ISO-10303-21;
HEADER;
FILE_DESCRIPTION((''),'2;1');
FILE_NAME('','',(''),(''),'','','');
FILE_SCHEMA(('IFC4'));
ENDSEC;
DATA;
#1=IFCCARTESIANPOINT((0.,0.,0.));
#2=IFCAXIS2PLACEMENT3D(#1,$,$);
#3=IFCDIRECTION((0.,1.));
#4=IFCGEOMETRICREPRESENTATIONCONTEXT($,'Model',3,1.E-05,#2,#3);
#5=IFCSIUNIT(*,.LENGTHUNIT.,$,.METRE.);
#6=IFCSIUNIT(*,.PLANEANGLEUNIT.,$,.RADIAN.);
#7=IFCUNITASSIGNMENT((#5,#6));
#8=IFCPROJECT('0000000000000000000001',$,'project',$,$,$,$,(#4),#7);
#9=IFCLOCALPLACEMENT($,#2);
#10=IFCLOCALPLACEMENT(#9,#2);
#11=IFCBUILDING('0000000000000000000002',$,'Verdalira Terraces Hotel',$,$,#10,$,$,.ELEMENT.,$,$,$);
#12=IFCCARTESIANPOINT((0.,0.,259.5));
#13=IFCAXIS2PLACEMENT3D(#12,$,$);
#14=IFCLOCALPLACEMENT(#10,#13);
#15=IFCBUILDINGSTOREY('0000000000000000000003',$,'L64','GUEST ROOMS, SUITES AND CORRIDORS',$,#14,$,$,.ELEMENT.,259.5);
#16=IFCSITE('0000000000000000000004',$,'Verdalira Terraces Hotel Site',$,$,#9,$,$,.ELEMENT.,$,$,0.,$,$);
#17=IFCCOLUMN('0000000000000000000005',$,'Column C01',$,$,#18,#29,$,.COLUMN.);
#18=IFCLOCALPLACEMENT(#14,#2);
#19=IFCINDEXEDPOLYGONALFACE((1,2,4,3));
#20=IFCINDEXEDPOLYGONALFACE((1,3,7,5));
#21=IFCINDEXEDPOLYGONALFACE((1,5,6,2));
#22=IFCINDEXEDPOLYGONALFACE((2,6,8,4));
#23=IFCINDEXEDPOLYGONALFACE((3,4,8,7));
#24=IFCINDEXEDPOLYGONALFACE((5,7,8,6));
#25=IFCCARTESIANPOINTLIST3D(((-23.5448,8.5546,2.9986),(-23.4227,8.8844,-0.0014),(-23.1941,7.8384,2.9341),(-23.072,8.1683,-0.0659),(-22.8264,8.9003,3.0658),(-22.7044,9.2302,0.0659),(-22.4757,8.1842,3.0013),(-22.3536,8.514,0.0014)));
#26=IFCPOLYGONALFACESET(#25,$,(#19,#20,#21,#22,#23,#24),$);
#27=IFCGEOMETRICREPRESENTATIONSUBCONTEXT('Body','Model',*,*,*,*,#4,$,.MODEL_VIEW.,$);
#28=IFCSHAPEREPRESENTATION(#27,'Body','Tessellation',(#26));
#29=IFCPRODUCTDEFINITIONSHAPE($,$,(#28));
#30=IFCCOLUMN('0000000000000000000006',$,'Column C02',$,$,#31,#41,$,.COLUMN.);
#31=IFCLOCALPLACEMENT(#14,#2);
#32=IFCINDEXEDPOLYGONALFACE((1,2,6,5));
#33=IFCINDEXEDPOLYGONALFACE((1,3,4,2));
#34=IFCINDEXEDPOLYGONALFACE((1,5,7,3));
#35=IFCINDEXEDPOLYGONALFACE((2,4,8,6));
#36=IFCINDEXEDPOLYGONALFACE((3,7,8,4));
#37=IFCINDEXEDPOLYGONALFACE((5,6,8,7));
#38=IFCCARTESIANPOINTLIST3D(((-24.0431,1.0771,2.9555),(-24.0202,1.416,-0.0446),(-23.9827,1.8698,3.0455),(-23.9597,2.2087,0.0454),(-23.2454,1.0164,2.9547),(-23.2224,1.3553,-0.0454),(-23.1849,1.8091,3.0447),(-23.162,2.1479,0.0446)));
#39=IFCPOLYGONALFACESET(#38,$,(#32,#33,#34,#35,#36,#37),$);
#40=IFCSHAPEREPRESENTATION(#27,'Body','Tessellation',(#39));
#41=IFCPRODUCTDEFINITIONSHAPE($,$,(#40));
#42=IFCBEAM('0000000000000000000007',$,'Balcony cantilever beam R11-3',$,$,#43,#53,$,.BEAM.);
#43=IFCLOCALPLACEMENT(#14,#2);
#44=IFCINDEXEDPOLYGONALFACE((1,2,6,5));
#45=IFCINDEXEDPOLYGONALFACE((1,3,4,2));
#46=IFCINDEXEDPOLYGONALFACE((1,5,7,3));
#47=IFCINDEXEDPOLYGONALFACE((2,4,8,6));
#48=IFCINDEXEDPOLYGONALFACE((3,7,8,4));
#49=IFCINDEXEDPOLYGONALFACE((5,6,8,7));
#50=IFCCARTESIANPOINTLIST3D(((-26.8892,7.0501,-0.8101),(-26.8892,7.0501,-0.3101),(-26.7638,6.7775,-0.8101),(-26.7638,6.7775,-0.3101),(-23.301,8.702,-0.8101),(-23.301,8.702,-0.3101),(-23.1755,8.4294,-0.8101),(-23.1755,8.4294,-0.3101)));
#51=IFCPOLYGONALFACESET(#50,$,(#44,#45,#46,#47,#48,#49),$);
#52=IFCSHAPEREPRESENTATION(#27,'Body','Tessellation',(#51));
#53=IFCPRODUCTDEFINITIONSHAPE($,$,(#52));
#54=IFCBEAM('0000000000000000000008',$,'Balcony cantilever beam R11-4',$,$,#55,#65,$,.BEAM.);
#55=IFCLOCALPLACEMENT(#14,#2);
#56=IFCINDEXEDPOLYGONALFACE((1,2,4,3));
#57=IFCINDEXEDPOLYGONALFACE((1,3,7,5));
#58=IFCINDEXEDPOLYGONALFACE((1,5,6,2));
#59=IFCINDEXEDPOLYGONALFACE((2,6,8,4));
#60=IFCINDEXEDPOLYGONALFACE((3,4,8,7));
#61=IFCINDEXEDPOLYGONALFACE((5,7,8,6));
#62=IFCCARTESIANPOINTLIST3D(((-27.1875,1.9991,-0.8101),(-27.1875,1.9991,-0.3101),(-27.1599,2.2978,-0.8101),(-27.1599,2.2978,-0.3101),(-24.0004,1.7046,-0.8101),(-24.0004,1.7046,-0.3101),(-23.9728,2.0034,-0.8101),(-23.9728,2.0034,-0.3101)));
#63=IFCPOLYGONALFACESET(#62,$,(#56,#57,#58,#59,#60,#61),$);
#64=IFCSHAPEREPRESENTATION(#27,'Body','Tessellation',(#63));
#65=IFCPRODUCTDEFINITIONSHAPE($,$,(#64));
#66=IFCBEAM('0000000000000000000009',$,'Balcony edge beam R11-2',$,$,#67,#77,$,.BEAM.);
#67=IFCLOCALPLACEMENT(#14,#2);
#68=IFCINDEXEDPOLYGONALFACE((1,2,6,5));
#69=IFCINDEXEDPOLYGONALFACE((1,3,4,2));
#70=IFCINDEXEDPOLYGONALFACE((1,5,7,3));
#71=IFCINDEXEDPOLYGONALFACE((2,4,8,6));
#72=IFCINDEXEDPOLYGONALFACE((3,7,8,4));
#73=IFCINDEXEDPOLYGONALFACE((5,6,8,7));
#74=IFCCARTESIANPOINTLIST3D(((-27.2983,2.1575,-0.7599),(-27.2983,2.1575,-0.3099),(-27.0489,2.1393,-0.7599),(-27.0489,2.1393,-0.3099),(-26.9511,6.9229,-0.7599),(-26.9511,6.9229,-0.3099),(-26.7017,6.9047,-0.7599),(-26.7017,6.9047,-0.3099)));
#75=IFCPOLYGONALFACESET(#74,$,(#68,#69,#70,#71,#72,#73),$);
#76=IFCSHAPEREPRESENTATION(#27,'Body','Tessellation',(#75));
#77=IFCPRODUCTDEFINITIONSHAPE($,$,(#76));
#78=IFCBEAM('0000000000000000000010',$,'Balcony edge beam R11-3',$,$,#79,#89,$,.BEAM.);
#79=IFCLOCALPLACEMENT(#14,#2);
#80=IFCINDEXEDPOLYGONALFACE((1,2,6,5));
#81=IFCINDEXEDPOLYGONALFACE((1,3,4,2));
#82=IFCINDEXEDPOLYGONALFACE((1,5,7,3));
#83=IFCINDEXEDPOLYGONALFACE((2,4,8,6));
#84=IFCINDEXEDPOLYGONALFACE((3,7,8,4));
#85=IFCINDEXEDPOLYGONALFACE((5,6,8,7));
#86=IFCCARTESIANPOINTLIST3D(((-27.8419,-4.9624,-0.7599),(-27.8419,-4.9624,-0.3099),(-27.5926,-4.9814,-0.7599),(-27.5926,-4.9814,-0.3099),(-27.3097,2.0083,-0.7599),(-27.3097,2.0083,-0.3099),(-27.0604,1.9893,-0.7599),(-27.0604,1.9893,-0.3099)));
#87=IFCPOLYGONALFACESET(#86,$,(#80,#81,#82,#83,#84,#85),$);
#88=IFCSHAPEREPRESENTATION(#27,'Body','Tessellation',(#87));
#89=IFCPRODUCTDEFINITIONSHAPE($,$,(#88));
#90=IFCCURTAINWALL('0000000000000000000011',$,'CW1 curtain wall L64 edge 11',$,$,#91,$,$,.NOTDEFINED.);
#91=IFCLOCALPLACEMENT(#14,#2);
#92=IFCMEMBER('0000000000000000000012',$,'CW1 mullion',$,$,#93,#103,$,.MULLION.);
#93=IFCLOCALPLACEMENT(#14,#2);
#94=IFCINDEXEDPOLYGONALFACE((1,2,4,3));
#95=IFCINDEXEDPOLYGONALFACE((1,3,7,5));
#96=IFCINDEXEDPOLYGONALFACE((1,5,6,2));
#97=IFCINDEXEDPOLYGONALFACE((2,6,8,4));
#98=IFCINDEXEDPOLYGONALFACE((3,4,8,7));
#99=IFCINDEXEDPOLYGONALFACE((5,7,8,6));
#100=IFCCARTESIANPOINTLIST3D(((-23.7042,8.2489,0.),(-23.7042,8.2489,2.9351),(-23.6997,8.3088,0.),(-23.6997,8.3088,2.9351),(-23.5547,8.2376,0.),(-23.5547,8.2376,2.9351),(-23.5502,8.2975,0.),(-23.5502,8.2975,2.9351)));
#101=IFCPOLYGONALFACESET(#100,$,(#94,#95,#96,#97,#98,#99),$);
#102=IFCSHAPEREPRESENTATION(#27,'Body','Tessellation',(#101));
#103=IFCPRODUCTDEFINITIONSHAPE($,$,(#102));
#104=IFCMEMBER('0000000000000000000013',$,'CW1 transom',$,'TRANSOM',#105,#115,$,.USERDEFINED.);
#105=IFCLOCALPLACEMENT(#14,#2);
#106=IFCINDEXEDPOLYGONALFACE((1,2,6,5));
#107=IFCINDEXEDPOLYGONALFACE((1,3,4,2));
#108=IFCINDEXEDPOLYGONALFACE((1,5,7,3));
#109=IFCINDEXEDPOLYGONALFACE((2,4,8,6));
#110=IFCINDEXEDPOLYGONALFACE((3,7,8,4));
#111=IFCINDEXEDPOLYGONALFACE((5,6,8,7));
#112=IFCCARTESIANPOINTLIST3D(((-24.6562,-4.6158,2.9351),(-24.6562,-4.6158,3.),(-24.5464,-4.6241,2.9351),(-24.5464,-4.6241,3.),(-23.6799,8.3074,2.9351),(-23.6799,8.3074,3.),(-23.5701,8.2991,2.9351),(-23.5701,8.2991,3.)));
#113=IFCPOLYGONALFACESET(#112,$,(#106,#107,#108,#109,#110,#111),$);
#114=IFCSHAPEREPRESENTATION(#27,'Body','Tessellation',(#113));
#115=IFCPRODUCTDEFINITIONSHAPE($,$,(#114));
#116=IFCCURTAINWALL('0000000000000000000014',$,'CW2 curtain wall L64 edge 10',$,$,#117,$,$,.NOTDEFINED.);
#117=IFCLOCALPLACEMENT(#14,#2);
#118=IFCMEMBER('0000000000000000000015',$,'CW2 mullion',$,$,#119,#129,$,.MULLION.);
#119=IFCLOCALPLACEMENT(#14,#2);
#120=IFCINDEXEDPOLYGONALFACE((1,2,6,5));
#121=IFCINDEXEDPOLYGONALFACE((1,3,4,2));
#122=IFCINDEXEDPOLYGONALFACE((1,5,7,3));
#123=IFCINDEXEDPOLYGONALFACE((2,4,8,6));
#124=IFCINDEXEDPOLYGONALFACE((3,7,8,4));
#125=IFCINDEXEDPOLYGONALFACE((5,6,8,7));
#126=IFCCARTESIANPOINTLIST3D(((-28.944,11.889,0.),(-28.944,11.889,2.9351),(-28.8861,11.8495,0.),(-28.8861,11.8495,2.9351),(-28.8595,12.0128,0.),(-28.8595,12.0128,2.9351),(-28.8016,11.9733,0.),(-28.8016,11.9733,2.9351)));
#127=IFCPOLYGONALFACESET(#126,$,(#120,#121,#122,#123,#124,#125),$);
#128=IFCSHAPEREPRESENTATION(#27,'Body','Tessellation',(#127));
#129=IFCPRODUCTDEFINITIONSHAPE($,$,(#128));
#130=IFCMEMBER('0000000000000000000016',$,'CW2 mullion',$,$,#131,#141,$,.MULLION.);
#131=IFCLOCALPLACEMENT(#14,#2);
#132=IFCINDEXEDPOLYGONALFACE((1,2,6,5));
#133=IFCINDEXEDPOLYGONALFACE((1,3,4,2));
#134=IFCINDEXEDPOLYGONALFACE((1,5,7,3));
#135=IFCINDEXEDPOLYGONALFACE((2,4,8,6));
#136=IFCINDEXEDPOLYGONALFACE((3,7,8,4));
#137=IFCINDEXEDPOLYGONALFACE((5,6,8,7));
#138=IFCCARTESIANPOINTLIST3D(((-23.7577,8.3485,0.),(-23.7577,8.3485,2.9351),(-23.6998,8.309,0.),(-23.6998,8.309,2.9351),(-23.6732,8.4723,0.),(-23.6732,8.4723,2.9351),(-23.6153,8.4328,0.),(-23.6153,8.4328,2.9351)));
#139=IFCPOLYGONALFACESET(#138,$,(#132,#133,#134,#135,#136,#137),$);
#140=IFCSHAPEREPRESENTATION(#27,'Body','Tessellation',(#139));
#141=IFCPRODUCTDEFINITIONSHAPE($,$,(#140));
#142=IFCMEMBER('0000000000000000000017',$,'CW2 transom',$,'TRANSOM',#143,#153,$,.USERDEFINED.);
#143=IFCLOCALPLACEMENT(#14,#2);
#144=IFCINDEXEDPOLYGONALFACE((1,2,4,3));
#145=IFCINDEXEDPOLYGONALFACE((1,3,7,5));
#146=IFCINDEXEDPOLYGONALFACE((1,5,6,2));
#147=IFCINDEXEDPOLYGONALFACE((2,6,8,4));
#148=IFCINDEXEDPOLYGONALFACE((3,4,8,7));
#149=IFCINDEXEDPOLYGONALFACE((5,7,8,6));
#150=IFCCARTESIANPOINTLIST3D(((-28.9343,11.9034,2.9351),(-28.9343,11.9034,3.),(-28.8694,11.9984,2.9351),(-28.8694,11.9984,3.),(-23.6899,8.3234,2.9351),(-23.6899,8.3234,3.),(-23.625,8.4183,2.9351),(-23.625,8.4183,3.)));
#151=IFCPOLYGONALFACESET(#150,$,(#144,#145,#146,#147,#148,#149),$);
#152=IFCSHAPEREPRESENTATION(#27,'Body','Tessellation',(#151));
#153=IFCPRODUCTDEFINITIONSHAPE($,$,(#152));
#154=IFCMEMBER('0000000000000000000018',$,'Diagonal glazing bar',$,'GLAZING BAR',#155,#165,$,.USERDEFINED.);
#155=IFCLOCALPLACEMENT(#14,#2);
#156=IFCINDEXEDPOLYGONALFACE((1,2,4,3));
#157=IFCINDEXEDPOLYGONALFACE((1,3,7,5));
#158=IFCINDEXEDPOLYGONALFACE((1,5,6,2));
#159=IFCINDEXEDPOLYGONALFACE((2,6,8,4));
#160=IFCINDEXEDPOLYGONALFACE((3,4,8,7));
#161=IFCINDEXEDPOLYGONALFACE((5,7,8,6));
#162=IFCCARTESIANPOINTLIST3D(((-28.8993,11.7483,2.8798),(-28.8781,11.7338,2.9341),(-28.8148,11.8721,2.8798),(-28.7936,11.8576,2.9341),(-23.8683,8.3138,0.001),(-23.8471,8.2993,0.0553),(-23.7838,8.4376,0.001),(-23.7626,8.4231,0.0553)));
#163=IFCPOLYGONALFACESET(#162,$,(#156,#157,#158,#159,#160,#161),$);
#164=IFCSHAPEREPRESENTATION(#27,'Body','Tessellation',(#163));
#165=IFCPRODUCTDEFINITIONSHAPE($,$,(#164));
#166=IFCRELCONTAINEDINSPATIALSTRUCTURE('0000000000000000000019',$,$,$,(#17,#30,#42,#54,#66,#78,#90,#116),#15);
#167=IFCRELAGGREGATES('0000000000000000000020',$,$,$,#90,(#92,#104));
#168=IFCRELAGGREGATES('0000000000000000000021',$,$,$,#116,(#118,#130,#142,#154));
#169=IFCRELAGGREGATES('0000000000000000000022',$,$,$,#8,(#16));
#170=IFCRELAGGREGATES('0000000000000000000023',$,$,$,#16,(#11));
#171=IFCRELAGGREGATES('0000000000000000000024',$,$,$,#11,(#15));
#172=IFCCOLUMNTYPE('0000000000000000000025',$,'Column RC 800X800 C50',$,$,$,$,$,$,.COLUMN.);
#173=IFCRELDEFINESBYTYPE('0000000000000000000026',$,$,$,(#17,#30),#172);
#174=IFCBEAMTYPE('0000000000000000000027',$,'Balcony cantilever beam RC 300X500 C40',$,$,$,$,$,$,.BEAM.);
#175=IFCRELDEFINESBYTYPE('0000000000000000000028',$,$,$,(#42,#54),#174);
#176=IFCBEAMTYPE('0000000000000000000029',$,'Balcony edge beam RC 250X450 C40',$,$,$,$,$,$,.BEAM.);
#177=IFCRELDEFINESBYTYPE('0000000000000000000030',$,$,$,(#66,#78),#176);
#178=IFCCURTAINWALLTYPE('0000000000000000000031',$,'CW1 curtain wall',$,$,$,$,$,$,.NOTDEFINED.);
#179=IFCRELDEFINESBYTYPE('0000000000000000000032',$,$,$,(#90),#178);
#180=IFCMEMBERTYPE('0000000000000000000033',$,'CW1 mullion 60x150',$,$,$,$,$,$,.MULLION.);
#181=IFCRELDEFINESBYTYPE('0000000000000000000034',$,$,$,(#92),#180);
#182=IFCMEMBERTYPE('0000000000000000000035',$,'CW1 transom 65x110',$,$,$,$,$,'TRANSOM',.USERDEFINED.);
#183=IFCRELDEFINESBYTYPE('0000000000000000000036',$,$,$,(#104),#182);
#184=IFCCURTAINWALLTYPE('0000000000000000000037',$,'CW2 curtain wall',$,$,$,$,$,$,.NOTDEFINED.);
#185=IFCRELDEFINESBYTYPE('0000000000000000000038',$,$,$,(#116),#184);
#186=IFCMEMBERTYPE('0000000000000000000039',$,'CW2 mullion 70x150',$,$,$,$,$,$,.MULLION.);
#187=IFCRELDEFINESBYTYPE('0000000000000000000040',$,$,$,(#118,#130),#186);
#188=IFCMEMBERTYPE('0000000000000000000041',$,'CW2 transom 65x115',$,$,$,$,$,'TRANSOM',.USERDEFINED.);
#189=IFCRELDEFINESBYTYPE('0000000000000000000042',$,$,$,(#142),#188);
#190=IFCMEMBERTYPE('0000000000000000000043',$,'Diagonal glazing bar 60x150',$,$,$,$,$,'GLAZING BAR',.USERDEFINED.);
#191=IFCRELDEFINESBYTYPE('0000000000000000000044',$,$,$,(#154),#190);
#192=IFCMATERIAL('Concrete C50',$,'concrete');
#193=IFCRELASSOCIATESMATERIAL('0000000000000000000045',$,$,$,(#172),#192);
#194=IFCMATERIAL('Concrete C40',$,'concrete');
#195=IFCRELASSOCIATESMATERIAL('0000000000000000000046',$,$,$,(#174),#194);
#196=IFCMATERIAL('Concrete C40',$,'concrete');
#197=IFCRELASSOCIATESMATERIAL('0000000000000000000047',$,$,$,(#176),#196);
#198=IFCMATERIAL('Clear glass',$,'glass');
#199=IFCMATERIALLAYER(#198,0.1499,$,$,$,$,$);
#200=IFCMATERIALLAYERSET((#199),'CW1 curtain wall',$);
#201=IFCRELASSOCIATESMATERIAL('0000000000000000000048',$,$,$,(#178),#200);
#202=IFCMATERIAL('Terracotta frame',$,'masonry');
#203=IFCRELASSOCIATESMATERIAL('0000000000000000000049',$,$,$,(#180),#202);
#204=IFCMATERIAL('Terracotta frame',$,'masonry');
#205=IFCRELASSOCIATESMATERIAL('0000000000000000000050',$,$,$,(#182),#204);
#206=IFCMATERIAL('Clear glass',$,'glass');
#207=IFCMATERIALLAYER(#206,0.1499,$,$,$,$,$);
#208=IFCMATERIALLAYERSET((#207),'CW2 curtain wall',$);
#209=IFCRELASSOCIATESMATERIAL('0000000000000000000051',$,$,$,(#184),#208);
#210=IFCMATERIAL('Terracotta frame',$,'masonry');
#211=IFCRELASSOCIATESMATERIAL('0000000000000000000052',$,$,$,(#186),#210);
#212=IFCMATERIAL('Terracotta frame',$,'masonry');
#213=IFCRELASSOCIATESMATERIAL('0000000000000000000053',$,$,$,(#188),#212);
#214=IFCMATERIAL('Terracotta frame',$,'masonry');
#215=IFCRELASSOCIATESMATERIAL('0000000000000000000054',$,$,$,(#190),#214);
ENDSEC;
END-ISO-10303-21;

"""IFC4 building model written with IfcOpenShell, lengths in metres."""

from ifc_helpers import new_model, si_unit, direction, frame, origin, origin_2d, place, context, subcontext, project, spatial, rectangle, extrude, material, layer, layer_set, material_profile, profile_set, type_object, element, aggregate, save


model = new_model("IFC4")

# Units and contexts
model_context = context("Model", 3, precision=1e-05, world=origin(), true_north=direction((0.0, 1.0)))
body_context = subcontext(model_context, "Body", "Model", "MODEL_VIEW")
ifc_project = project(units=[si_unit("LENGTHUNIT", "METRE"), si_unit("PLANEANGLEUNIT", "RADIAN")], contexts=[model_context])

# Site, building, storey
site_placement = place(None, origin())
site = spatial("IfcSite", under=ifc_project, at=site_placement, Name="Verdalira Terraces Hotel Site", CompositionType="ELEMENT", RefElevation=0.0)
building_placement = place(site_placement, origin())
building = spatial("IfcBuilding", under=site, at=building_placement, Name="Verdalira Terraces Hotel", CompositionType="ELEMENT")
storey_placement = place(building_placement, frame((0.0, 0.0, 259.5)))
storey = spatial("IfcBuildingStorey", under=building, at=storey_placement, Name="L64", Description="GUEST ROOMS, SUITES AND CORRIDORS", CompositionType="ELEMENT", Elevation=259.5)

# Columns
ifc_material_1 = material(Name="Concrete C50", Category="concrete")
ifc_material_profile_1 = material_profile(ifc_material_1, rectangle(XDim=0.8, YDim=0.8, at=origin_2d()), Name="RC 800X800")
ifc_profile_set_1 = profile_set([ifc_material_profile_1], Name="Concrete C50")
column_type = type_object("IfcColumnType", Name="Column RC 800X800 C50", PredefinedType="COLUMN", material=ifc_profile_set_1)
column_1_placement = place(storey_placement, frame((-22.8882, 8.6992, 0.0), z_axis=(-0.040413, -0.109197, 0.993198), x_axis=(-0.438379, 0.895171, 0.080582)))
element("IfcColumn", 1, at=column_1_placement, inside=storey, type_object=column_type, Name="Column C01", PredefinedType="COLUMN", context=body_context, shape_type="SweptSolid", body=[
    extrude(rectangle(XDim=0.8, YDim=0.8, at=origin_2d()), origin(), (0.0, 0.0, 1.0), 3.0205),
])
column_2_placement = place(storey_placement, frame((-23.5911, 1.782, 0.0), z_axis=(-0.007601, -0.112239, 0.993652), x_axis=(-0.07555, -0.990776, -0.112492)))
element("IfcColumn", 2, at=column_2_placement, inside=storey, type_object=column_type, Name="Column C02", PredefinedType="COLUMN", context=body_context, shape_type="SweptSolid", body=[
    extrude(rectangle(XDim=0.8, YDim=0.8, at=origin_2d()), origin(), (0.0, 0.0, 1.0), 3.0193),
])

# Beams
ifc_material_2 = material(Name="Concrete C40", Category="concrete")
ifc_material_profile_2 = material_profile(ifc_material_2, rectangle(XDim=0.3, YDim=0.5, at=origin_2d()), Name="RC 300X500")
ifc_profile_set_2 = profile_set([ifc_material_profile_2], Name="Concrete C40")
beam_type_1 = type_object("IfcBeamType", Name="Balcony cantilever beam RC 300X500 C40", PredefinedType="BEAM", material=ifc_profile_set_2)
beam_1_placement = place(storey_placement, frame((-23.2383, 8.5657, -0.5601), z_axis=(-0.908364, -0.41818, 0.0), x_axis=(0.41818, -0.908364, 0.0)))
element("IfcBeam", 3, at=beam_1_placement, inside=storey, type_object=beam_type_1, Name="Balcony cantilever beam R11-3", PredefinedType="BEAM", context=body_context, shape_type="SweptSolid", body=[
    extrude(rectangle(XDim=0.3, YDim=0.5, at=origin_2d()), origin(), (0.0, 0.0, 1.0), 3.9502),
])
beam_2_placement = place(storey_placement, frame((-23.9866, 1.854, -0.5601), z_axis=(-0.99576, 0.091994, 0.0), x_axis=(-0.091994, -0.99576, 0.0)))
element("IfcBeam", 4, at=beam_2_placement, inside=storey, type_object=beam_type_1, Name="Balcony cantilever beam R11-4", PredefinedType="BEAM", context=body_context, shape_type="SweptSolid", body=[
    extrude(rectangle(XDim=0.3, YDim=0.5, at=origin_2d()), origin(), (0.0, 0.0, 1.0), 3.2007),
])
ifc_material_3 = material(Name="Concrete C40", Category="concrete")
ifc_material_profile_3 = material_profile(ifc_material_3, rectangle(XDim=0.25, YDim=0.45, at=origin_2d()), Name="RC 250X450")
ifc_profile_set_3 = profile_set([ifc_material_profile_3], Name="Concrete C40")
beam_type_2 = type_object("IfcBeamType", Name="Balcony edge beam RC 250X450 C40", PredefinedType="BEAM", material=ifc_profile_set_3)
beam_3_placement = place(storey_placement, frame((-26.8264, 6.9138, -0.5349), z_axis=(-0.07266, -0.997357, 0.0), x_axis=(0.997357, -0.07266, 0.0)))
element("IfcBeam", 5, at=beam_3_placement, inside=storey, type_object=beam_type_2, Name="Balcony edge beam R11-2", PredefinedType="BEAM", context=body_context, shape_type="SweptSolid", body=[
    extrude(rectangle(XDim=0.25, YDim=0.45, at=origin_2d()), origin(), (0.0, 0.0, 1.0), 4.7781),
])
beam_4_placement = place(storey_placement, frame((-27.1851, 1.9988, -0.5349), z_axis=(-0.07613, -0.997098, 0.0), x_axis=(0.997098, -0.07613, 0.0)))
element("IfcBeam", 6, at=beam_4_placement, inside=storey, type_object=beam_type_2, Name="Balcony edge beam R11-3", PredefinedType="BEAM", context=body_context, shape_type="SweptSolid", body=[
    extrude(rectangle(XDim=0.25, YDim=0.45, at=origin_2d()), origin(), (0.0, 0.0, 1.0), 6.991),
])

# Curtain walls, members
ifc_material_4 = material(Name="Clear glass", Category="glass")
ifc_layer_1 = layer(ifc_material_4, 0.1499)
ifc_layer_set_1 = layer_set([ifc_layer_1], Name="CW1 curtain wall")
curtain_wall_type_1 = type_object("IfcCurtainWallType", Name="CW1 curtain wall", PredefinedType="NOTDEFINED", material=ifc_layer_set_1)
curtain_wall_1_placement = place(storey_placement, origin())
curtain_wall_1 = element("IfcCurtainWall", 7, at=curtain_wall_1_placement, inside=storey, type_object=curtain_wall_type_1, Name="CW1 curtain wall L64 edge 11", PredefinedType="NOTDEFINED")
ifc_material_5 = material(Name="Terracotta frame", Category="masonry")
ifc_material_profile_4 = material_profile(ifc_material_5, rectangle(XDim=0.0601, YDim=0.1499, at=origin_2d()), Name="MU 60x150")
ifc_profile_set_4 = profile_set([ifc_material_profile_4], Name="Terracotta frame")
member_type_1 = type_object("IfcMemberType", Name="CW1 mullion 60x150", PredefinedType="MULLION", material=ifc_profile_set_4)
member_1_placement = place(storey_placement, frame((-23.6272, 8.2732, 0.0), z_axis=(0.0, 0.0, 1.0), x_axis=(-0.075327, -0.997159, 0.0)))
member_1 = element("IfcMember", 8, at=member_1_placement, type_object=member_type_1, Name="CW1 mullion", PredefinedType="MULLION", context=body_context, shape_type="SweptSolid", body=[
    extrude(rectangle(XDim=0.0601, YDim=0.1499, at=origin_2d()), origin(), (0.0, 0.0, 1.0), 2.9351),
])
ifc_material_6 = material(Name="Terracotta frame", Category="masonry")
ifc_material_profile_5 = material_profile(ifc_material_6, rectangle(XDim=0.1101, YDim=0.0649, at=origin_2d()), Name="TR 65x110")
ifc_profile_set_5 = profile_set([ifc_material_profile_5], Name="Terracotta frame")
member_type_2 = type_object("IfcMemberType", Name="CW1 transom 65x110", ElementType="TRANSOM", PredefinedType="USERDEFINED", material=ifc_profile_set_5)
member_2_placement = place(storey_placement, frame((-23.625, 8.3032, 2.9675), z_axis=(-0.075334, -0.997158, 0.0), x_axis=(0.997158, -0.075334, 0.0)))
member_2 = element("IfcMember", 9, at=member_2_placement, type_object=member_type_2, Name="CW1 transom", ObjectType="TRANSOM", PredefinedType="USERDEFINED", context=body_context, shape_type="SweptSolid", body=[
    extrude(rectangle(XDim=0.1101, YDim=0.0649, at=origin_2d()), origin(), (0.0, 0.0, 1.0), 12.96),
])
ifc_material_7 = material(Name="Clear glass", Category="glass")
ifc_layer_2 = layer(ifc_material_7, 0.1499)
ifc_layer_set_2 = layer_set([ifc_layer_2], Name="CW2 curtain wall")
curtain_wall_type_2 = type_object("IfcCurtainWallType", Name="CW2 curtain wall", PredefinedType="NOTDEFINED", material=ifc_layer_set_2)
curtain_wall_2_placement = place(storey_placement, origin())
curtain_wall_2 = element("IfcCurtainWall", 10, at=curtain_wall_2_placement, inside=storey, type_object=curtain_wall_type_2, Name="CW2 curtain wall L64 edge 10", PredefinedType="NOTDEFINED")
ifc_material_8 = material(Name="Terracotta frame", Category="masonry")
ifc_material_profile_6 = material_profile(ifc_material_8, rectangle(XDim=0.0701, YDim=0.1499, at=origin_2d()), Name="MU 70x150")
ifc_profile_set_6 = profile_set([ifc_material_profile_6], Name="Terracotta frame")
member_type_3 = type_object("IfcMemberType", Name="CW2 mullion 70x150", PredefinedType="MULLION", material=ifc_profile_set_6)
member_3_placement = place(storey_placement, frame((-28.8728, 11.9312, 0.0), z_axis=(0.0, 0.0, 1.0), x_axis=(0.825902, -0.563814, 0.0)))
member_3 = element("IfcMember", 11, at=member_3_placement, type_object=member_type_3, Name="CW2 mullion", PredefinedType="MULLION", context=body_context, shape_type="SweptSolid", body=[
    extrude(rectangle(XDim=0.0701, YDim=0.1499, at=origin_2d()), origin(), (0.0, 0.0, 1.0), 2.9351),
])
member_4_placement = place(storey_placement, frame((-23.6865, 8.3906, 0.0), z_axis=(0.0, 0.0, 1.0), x_axis=(0.825902, -0.563814, 0.0)))
member_4 = element("IfcMember", 12, at=member_4_placement, type_object=member_type_3, Name="CW2 mullion", PredefinedType="MULLION", context=body_context, shape_type="SweptSolid", body=[
    extrude(rectangle(XDim=0.0701, YDim=0.1499, at=origin_2d()), origin(), (0.0, 0.0, 1.0), 2.9351),
])
ifc_material_9 = material(Name="Terracotta frame", Category="masonry")
ifc_material_profile_7 = material_profile(ifc_material_9, rectangle(XDim=0.115, YDim=0.0649, at=origin_2d()), Name="TR 65x115")
ifc_profile_set_7 = profile_set([ifc_material_profile_7], Name="Terracotta frame")
member_type_4 = type_object("IfcMemberType", Name="CW2 transom 65x115", ElementType="TRANSOM", PredefinedType="USERDEFINED", material=ifc_profile_set_7)
member_5_placement = place(storey_placement, frame((-28.9019, 11.9509, 2.9675), z_axis=(0.825908, -0.563806, 0.0), x_axis=(0.563806, 0.825908, 0.0)))
member_5 = element("IfcMember", 13, at=member_5_placement, type_object=member_type_4, Name="CW2 transom", ObjectType="TRANSOM", PredefinedType="USERDEFINED", context=body_context, shape_type="SweptSolid", body=[
    extrude(rectangle(XDim=0.115, YDim=0.0649, at=origin_2d()), origin(), (0.0, 0.0, 1.0), 6.3499),
])
ifc_material_10 = material(Name="Terracotta frame", Category="masonry")
ifc_material_profile_8 = material_profile(ifc_material_10, rectangle(XDim=0.1499, YDim=0.0601, at=origin_2d()), Name="GB 60x150")
ifc_profile_set_8 = profile_set([ifc_material_profile_8], Name="Terracotta frame")
member_type_5 = type_object("IfcMemberType", Name="Diagonal glazing bar 60x150", ElementType="GLAZING BAR", PredefinedType="USERDEFINED", material=ifc_profile_set_8)
member_6_placement = place(storey_placement, frame((-28.8464, 11.803, 2.907), z_axis=(0.746705, -0.509761, -0.427289), x_axis=(0.563823, 0.825896, 0.0)))
member_6 = element("IfcMember", 14, at=member_6_placement, type_object=member_type_5, Name="Diagonal glazing bar", ObjectType="GLAZING BAR", PredefinedType="USERDEFINED", context=body_context, shape_type="SweptSolid", body=[
    extrude(rectangle(XDim=0.1499, YDim=0.0601, at=origin_2d()), origin(), (0.0, 0.0, 1.0), 6.7375),
])

aggregate(curtain_wall_1, [member_1, member_2])
aggregate(curtain_wall_2, [member_3, member_4, member_5, member_6])

save(model, "model.ifc")
